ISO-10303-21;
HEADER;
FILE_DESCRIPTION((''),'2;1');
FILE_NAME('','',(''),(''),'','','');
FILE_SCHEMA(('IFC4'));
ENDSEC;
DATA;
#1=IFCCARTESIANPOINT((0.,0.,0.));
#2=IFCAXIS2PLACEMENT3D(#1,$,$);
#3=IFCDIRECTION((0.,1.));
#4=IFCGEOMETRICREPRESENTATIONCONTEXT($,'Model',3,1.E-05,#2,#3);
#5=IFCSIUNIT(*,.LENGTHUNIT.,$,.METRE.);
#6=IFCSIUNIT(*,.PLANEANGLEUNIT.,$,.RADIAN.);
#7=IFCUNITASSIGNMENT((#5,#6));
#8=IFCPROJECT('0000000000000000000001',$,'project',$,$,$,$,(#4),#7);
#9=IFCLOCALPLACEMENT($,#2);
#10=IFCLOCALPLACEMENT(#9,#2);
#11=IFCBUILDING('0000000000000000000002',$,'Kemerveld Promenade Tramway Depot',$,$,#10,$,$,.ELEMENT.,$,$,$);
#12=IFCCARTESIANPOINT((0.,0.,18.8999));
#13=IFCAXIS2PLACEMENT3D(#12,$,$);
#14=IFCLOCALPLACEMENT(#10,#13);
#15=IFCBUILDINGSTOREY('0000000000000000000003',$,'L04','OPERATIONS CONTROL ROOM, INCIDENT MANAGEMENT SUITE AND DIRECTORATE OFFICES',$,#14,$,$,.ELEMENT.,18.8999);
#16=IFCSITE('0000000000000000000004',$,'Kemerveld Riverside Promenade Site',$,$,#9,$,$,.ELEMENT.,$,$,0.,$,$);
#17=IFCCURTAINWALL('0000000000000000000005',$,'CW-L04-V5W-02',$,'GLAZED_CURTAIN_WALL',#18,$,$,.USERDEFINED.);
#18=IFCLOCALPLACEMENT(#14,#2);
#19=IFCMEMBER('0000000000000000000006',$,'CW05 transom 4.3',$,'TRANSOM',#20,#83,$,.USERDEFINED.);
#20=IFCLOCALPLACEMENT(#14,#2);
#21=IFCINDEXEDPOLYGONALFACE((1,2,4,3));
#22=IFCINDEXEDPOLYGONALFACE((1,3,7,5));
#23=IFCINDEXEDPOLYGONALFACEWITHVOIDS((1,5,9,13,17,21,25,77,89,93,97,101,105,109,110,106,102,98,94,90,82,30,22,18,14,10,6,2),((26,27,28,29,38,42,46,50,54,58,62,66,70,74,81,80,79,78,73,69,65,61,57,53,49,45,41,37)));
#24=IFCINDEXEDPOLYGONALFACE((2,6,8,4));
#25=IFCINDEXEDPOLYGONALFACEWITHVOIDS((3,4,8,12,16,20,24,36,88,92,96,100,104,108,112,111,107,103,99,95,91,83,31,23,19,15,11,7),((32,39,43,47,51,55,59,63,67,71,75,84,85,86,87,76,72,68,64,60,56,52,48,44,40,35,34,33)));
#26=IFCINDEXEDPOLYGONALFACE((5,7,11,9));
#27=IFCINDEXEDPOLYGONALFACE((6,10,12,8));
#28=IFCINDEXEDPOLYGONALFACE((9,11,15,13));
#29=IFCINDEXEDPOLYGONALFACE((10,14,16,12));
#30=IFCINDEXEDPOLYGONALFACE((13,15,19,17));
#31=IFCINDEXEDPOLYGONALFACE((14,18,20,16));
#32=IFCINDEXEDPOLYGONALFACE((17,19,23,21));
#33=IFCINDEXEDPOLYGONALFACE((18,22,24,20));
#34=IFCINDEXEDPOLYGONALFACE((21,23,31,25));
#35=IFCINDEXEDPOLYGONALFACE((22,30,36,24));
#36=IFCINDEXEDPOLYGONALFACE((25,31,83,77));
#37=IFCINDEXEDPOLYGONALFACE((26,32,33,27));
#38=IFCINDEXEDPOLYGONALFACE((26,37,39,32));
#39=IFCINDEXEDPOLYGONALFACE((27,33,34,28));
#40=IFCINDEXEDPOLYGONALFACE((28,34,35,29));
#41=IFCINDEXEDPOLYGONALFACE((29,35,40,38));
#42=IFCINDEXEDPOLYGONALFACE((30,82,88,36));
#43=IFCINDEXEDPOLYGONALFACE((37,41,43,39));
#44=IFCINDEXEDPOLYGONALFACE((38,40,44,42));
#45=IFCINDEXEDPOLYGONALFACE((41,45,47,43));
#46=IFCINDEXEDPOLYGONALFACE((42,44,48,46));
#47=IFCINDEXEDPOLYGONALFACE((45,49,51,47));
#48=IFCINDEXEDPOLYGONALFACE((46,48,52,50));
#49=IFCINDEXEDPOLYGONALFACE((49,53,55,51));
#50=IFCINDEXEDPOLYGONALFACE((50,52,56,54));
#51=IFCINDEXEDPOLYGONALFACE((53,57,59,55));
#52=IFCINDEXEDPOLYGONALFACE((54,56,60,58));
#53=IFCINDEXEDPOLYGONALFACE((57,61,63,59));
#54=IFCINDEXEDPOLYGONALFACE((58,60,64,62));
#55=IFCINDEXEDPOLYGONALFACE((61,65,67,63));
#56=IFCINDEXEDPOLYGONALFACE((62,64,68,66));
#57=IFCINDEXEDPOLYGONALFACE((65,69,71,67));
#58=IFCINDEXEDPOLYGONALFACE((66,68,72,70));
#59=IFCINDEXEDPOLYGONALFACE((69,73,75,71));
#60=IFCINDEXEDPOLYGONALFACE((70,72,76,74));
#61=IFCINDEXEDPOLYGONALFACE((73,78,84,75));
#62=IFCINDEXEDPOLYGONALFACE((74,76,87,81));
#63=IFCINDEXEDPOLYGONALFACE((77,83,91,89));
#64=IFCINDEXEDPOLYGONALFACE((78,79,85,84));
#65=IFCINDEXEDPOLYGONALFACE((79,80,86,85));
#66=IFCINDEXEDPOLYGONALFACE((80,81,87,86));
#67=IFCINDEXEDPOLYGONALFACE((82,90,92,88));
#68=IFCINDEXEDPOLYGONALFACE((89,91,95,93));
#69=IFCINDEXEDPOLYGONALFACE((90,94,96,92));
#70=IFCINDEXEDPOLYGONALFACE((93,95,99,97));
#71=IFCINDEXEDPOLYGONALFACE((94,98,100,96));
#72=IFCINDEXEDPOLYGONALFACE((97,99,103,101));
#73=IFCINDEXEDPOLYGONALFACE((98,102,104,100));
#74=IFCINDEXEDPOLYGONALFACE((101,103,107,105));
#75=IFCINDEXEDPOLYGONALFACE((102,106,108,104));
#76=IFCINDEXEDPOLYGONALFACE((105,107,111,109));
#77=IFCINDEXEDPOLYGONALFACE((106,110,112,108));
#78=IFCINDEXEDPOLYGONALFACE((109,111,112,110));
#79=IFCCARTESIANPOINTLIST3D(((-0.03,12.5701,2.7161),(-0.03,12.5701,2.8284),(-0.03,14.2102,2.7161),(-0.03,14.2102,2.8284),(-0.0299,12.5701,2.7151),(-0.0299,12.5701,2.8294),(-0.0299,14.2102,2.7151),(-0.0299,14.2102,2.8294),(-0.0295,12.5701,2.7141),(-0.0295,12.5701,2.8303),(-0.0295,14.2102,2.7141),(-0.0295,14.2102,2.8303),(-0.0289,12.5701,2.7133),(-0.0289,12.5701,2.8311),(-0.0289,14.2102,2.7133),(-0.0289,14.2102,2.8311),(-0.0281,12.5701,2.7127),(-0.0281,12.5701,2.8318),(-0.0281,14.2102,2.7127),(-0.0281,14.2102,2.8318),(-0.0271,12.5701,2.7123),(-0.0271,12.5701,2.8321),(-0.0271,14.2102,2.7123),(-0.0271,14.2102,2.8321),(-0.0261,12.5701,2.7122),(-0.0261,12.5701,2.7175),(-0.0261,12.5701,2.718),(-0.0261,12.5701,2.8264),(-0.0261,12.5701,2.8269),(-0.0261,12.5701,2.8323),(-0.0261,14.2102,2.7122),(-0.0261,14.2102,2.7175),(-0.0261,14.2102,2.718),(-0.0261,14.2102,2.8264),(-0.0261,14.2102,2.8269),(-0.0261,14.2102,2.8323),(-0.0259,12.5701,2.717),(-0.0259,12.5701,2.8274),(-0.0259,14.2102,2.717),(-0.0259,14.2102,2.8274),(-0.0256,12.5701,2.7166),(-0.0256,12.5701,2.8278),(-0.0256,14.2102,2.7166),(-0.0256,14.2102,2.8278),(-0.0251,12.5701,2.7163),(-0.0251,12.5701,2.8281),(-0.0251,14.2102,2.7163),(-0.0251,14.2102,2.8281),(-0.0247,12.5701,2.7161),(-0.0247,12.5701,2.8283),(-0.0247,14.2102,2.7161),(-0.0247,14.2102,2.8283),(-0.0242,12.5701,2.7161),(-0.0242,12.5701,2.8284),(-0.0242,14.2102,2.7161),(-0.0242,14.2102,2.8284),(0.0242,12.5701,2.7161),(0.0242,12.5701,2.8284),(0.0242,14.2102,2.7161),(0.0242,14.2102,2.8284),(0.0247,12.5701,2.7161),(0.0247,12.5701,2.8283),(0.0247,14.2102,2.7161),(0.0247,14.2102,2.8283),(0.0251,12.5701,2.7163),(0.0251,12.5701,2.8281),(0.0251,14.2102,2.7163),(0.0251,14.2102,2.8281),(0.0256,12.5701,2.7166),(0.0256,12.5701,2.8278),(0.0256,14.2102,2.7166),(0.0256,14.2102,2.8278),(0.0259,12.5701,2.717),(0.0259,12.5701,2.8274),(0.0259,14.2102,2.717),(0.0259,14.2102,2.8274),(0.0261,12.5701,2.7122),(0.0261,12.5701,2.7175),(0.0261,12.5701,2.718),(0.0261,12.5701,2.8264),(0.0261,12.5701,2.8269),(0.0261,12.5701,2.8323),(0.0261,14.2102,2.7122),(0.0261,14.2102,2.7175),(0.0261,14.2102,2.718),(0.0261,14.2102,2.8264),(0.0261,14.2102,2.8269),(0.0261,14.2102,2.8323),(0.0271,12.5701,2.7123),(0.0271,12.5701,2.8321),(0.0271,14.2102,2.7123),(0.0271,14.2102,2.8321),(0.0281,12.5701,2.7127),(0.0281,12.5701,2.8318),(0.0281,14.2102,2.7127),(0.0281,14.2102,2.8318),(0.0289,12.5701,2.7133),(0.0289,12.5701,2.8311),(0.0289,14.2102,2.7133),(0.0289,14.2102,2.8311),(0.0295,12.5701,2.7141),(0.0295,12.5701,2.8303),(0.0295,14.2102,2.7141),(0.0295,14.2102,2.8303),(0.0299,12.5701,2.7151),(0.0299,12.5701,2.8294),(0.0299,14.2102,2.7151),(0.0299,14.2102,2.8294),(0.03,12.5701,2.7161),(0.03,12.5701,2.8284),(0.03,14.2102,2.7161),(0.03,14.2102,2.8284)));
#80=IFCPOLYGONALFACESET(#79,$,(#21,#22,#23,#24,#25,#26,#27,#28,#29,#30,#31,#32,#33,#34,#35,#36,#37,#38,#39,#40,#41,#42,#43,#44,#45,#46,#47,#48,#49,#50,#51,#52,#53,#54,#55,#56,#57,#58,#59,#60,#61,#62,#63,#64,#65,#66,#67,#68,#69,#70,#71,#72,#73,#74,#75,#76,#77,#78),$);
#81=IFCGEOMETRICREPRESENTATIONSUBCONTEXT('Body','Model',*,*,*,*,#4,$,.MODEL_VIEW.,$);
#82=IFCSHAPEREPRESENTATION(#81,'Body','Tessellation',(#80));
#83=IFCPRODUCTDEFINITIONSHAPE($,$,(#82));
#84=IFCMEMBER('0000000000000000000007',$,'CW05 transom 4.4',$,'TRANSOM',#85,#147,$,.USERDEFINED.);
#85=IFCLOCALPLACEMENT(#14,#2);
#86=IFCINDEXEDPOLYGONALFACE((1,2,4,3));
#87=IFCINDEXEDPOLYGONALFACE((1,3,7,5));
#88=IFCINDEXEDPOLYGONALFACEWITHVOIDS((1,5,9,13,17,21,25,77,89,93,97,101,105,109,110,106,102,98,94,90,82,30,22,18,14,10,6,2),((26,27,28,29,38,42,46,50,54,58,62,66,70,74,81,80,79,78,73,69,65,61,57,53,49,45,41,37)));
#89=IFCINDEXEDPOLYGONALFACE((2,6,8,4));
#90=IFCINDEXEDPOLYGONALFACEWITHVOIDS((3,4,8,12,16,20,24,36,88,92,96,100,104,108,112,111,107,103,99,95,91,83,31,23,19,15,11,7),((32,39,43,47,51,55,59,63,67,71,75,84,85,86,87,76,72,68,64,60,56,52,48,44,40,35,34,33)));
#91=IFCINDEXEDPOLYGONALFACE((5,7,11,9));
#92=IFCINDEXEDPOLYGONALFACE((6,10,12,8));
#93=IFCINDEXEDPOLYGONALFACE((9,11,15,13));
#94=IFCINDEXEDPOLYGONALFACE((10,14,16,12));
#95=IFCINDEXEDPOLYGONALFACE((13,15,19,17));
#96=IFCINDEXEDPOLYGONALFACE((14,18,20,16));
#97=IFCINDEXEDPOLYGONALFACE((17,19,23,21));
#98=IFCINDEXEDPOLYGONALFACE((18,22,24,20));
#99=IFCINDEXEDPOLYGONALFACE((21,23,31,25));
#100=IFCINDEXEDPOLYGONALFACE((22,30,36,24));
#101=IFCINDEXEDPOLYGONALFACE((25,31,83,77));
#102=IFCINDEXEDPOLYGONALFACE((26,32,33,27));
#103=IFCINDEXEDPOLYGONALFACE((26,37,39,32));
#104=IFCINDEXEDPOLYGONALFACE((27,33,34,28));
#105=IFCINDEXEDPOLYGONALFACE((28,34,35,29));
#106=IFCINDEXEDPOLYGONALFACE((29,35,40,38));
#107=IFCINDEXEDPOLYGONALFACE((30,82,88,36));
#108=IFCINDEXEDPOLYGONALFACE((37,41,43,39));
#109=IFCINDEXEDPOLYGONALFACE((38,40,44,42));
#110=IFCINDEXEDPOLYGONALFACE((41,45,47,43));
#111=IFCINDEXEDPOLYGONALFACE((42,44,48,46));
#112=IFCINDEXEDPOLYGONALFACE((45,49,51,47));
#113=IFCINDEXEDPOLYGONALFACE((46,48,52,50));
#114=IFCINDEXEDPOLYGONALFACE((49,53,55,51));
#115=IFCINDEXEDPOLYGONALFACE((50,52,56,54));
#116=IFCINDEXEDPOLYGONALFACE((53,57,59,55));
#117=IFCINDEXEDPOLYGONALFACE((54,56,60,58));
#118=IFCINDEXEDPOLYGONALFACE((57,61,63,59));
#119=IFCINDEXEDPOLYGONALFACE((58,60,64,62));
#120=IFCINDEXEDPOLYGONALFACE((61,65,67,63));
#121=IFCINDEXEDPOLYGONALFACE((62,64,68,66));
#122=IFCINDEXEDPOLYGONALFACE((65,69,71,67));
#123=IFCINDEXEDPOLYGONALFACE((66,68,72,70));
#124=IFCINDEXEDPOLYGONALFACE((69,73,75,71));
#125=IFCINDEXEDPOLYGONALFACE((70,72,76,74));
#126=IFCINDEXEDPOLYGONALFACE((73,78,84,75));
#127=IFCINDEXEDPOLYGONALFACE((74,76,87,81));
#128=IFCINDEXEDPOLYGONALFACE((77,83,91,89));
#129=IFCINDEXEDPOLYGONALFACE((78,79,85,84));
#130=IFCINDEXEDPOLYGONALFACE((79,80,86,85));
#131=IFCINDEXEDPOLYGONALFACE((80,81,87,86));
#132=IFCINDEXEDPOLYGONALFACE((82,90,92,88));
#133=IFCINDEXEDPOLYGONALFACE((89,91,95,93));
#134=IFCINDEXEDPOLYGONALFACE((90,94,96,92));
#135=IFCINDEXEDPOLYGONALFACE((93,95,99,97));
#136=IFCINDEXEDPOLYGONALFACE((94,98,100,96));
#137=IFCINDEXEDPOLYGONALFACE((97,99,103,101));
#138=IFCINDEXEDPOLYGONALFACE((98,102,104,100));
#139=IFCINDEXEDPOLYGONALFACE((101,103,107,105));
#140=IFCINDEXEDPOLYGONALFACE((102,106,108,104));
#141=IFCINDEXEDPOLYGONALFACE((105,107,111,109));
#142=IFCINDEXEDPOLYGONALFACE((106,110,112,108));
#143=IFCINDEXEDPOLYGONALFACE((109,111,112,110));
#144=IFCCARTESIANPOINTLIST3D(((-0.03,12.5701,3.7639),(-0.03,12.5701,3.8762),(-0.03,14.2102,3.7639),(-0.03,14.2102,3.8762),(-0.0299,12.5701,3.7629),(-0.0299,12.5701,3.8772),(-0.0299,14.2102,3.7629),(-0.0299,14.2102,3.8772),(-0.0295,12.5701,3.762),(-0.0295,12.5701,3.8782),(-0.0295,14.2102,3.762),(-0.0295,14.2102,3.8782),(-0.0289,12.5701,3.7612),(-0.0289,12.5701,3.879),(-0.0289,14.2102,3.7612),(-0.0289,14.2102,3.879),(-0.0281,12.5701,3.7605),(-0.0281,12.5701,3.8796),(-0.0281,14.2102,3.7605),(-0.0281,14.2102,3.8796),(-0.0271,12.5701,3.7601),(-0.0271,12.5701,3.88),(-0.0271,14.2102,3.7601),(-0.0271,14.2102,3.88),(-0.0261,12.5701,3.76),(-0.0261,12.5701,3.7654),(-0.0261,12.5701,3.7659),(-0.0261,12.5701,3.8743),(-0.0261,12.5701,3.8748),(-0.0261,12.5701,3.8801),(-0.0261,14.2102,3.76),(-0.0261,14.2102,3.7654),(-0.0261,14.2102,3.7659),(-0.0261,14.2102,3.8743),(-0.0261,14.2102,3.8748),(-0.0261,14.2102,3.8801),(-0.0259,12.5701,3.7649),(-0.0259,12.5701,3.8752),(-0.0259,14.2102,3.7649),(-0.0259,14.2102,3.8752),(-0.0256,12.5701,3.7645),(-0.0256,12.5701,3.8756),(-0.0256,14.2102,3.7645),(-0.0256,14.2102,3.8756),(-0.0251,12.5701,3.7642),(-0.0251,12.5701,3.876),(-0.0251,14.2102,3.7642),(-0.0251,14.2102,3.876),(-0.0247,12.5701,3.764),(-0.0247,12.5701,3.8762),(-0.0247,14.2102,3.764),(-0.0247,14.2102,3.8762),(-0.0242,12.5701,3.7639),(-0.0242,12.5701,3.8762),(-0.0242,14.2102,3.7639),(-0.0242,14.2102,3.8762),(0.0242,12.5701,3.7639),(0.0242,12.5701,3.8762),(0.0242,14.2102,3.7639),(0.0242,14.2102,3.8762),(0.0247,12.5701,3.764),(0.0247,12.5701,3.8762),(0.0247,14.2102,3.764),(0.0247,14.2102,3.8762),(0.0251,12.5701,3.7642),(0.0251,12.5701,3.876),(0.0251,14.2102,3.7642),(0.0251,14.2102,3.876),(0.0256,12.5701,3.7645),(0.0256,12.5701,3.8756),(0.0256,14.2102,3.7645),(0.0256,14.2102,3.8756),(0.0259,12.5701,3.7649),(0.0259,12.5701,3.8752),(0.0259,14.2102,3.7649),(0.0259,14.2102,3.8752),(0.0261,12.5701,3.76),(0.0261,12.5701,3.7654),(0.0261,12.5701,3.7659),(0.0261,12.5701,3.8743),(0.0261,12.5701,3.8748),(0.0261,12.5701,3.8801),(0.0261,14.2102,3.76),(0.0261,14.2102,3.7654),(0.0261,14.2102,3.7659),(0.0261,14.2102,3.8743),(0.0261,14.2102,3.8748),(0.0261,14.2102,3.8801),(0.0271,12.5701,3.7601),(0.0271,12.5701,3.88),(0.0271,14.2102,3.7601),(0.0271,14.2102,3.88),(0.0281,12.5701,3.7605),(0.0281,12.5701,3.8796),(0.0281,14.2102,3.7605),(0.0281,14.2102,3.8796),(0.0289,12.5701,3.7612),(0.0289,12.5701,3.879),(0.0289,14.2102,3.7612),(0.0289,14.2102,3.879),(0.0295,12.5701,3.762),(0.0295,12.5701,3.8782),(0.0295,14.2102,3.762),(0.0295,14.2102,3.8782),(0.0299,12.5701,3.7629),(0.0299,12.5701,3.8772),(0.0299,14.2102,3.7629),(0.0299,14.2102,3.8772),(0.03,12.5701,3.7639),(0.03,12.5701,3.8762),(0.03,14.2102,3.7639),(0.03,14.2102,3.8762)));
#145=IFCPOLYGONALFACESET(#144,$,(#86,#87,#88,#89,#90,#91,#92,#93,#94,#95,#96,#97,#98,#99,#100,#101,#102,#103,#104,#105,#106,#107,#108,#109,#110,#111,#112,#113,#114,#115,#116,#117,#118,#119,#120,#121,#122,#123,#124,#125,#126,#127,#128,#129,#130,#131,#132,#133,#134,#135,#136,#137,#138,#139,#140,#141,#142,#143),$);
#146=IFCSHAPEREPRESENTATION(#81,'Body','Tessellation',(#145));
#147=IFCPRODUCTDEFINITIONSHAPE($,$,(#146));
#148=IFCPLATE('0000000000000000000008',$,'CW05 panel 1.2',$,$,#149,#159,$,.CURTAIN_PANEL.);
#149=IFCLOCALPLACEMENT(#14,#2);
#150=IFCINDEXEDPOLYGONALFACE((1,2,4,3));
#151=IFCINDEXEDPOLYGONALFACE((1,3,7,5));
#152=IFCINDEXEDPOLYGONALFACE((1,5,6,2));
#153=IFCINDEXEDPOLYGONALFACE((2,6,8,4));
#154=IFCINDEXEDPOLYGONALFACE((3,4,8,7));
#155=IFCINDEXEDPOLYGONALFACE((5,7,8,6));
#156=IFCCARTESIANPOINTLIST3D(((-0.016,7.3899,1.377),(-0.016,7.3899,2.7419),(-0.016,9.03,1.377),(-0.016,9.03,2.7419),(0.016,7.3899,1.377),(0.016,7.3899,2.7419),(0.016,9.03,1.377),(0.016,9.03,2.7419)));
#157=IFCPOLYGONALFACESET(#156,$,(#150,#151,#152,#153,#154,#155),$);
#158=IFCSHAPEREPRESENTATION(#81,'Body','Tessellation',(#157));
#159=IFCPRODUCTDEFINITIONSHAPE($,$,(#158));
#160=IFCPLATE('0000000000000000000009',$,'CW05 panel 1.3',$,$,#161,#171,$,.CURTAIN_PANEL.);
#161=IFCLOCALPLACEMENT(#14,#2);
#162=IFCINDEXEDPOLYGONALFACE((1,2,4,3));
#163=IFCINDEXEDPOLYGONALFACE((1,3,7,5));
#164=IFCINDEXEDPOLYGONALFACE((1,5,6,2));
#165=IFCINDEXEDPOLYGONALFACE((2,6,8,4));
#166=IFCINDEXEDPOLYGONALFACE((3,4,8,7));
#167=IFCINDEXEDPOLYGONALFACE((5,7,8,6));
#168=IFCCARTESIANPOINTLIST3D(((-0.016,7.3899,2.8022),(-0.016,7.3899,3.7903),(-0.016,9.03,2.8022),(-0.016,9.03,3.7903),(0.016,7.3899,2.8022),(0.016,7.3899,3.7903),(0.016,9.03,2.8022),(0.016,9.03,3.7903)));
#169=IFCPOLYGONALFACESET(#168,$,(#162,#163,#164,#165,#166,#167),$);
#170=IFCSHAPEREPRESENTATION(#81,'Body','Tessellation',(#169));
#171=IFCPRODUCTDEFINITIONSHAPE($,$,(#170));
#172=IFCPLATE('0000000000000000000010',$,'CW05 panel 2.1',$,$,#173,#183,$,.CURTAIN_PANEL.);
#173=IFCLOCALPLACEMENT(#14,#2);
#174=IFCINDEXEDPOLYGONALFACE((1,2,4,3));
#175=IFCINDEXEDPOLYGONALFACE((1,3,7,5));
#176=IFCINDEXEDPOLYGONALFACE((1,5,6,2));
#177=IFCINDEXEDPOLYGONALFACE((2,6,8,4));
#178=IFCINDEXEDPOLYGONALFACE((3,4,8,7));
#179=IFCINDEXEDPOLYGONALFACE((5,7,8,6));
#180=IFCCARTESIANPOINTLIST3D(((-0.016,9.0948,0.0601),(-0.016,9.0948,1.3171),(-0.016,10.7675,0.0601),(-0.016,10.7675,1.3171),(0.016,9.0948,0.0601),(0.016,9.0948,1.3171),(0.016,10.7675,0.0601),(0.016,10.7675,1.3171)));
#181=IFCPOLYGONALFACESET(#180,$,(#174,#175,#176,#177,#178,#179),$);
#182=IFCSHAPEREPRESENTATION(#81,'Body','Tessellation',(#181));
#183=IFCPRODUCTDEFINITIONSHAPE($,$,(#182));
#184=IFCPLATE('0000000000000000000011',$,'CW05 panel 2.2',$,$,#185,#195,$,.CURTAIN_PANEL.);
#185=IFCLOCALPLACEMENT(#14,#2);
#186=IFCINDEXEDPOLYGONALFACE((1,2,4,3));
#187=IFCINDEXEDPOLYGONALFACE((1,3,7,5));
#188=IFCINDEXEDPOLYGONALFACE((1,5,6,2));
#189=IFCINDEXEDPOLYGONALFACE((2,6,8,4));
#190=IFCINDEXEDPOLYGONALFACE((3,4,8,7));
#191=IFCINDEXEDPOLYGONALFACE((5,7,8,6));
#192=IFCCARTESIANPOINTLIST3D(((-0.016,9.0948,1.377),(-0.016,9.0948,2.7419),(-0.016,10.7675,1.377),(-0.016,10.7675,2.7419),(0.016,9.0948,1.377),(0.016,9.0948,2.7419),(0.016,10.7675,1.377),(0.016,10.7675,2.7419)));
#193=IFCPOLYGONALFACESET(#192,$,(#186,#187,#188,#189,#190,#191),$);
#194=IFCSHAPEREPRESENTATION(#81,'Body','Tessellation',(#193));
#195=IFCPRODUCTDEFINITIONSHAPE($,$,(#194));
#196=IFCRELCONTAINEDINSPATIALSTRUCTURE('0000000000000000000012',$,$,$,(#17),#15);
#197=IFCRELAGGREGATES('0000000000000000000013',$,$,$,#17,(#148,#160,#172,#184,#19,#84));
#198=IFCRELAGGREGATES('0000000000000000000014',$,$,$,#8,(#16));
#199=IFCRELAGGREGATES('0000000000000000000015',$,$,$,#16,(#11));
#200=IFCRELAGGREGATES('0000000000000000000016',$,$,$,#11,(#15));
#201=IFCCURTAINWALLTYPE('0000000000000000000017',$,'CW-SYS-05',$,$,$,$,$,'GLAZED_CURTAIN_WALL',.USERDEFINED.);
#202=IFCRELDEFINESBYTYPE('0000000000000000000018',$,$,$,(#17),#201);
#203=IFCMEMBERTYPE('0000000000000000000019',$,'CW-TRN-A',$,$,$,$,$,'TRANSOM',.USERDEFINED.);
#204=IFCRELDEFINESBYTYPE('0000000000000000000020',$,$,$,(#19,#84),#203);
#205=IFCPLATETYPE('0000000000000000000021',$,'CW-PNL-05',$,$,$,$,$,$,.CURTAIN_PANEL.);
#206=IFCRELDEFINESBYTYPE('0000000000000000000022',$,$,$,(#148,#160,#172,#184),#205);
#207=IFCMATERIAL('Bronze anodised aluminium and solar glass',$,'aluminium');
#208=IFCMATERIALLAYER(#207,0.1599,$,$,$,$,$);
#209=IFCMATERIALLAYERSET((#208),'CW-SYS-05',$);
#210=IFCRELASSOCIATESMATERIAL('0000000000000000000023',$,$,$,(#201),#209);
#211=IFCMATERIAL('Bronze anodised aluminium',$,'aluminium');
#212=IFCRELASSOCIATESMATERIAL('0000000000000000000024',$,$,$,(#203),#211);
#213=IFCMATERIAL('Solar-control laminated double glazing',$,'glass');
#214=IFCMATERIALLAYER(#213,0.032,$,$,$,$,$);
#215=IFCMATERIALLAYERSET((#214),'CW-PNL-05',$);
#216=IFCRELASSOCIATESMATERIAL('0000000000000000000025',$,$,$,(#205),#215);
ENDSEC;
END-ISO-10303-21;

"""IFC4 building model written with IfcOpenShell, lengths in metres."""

from ifc_helpers import new_model, si_unit, direction, frame, origin, origin_2d, place, context, subcontext, project, spatial, rectangle, hollow_rectangle, extrude, material, layer, layer_set, material_profile, profile_set, type_object, element, aggregate, save


model = new_model("IFC4")

# Units and contexts
model_context = context("Model", 3, precision=1e-05, world=origin(), true_north=direction((0.0, 1.0)))
body_context = subcontext(model_context, "Body", "Model", "MODEL_VIEW")
ifc_project = project(units=[si_unit("LENGTHUNIT", "METRE"), si_unit("PLANEANGLEUNIT", "RADIAN")], contexts=[model_context])

# Site, building, storey
site_placement = place(None, origin())
site = spatial("IfcSite", under=ifc_project, at=site_placement, Name="Kemerveld Riverside Promenade Site", CompositionType="ELEMENT", RefElevation=0.0)
building_placement = place(site_placement, origin())
building = spatial("IfcBuilding", under=site, at=building_placement, Name="Kemerveld Promenade Tramway Depot", CompositionType="ELEMENT")
storey_placement = place(building_placement, frame((0.0, 0.0, 18.8999)))
storey = spatial("IfcBuildingStorey", under=building, at=storey_placement, Name="L04", Description="OPERATIONS CONTROL ROOM, INCIDENT MANAGEMENT SUITE AND DIRECTORATE OFFICES", CompositionType="ELEMENT", Elevation=18.8999)

# Curtain wall, members, plates
ifc_material_1 = material(Name="Bronze anodised aluminium and solar glass", Category="aluminium")
ifc_layer_1 = layer(ifc_material_1, 0.1599)
ifc_layer_set_1 = layer_set([ifc_layer_1], Name="CW-SYS-05")
curtain_wall_type = type_object("IfcCurtainWallType", Name="CW-SYS-05", ElementType="GLAZED_CURTAIN_WALL", PredefinedType="USERDEFINED", material=ifc_layer_set_1)
curtain_wall_placement = place(storey_placement, origin())
curtain_wall = element("IfcCurtainWall", 1, at=curtain_wall_placement, inside=storey, type_object=curtain_wall_type, Name="CW-L04-V5W-02", ObjectType="GLAZED_CURTAIN_WALL", PredefinedType="USERDEFINED")
ifc_material_2 = material(Name="Bronze anodised aluminium", Category="aluminium")
ifc_material_profile_1 = material_profile(ifc_material_2, hollow_rectangle(XDim=0.0601, YDim=0.1201, WallThickness=0.0039, InnerFilletRadius=0.002, OuterFilletRadius=0.0039, at=origin_2d()), Name="CW-TRN-120x60")
ifc_profile_set_1 = profile_set([ifc_material_profile_1], Name="Bronze anodised aluminium")
member_type_1 = type_object("IfcMemberType", Name="CW-TRN-A", ElementType="TRANSOM", PredefinedType="USERDEFINED", material=ifc_profile_set_1)
member_1_placement = place(storey_placement, frame((0.0, 12.5701, 2.7722), z_axis=(0.0, 1.0, 0.0), x_axis=(-1.0, 0.0, 0.0)))
member_1 = element("IfcMember", 2, at=member_1_placement, type_object=member_type_1, Name="CW05 transom 4.3", ObjectType="TRANSOM", PredefinedType="USERDEFINED", context=body_context, shape_type="SweptSolid", body=[
    extrude(hollow_rectangle(XDim=0.0601, YDim=0.1201, WallThickness=0.0039, InnerFilletRadius=0.002, OuterFilletRadius=0.0039, at=origin_2d()), origin(), (0.0, 0.0, 1.0), 1.6401),
])
member_2_placement = place(storey_placement, frame((0.0, 12.5701, 3.8201), z_axis=(0.0, 1.0, 0.0), x_axis=(-1.0, 0.0, 0.0)))
member_2 = element("IfcMember", 3, at=member_2_placement, type_object=member_type_1, Name="CW05 transom 4.4", ObjectType="TRANSOM", PredefinedType="USERDEFINED", context=body_context, shape_type="SweptSolid", body=[
    extrude(hollow_rectangle(XDim=0.0601, YDim=0.1201, WallThickness=0.0039, InnerFilletRadius=0.002, OuterFilletRadius=0.0039, at=origin_2d()), origin(), (0.0, 0.0, 1.0), 1.6401),
])
ifc_material_3 = material(Name="Solar-control laminated double glazing", Category="glass")
ifc_layer_2 = layer(ifc_material_3, 0.032)
ifc_layer_set_2 = layer_set([ifc_layer_2], Name="CW-PNL-05")
plate_type = type_object("IfcPlateType", Name="CW-PNL-05", PredefinedType="CURTAIN_PANEL", material=ifc_layer_set_2)
plate_1_placement = place(storey_placement, frame((0.0, 8.21, 1.377), z_axis=(0.0, 0.0, 1.0), x_axis=(0.0, 1.0, 0.0)))
plate_1 = element("IfcPlate", 4, at=plate_1_placement, type_object=plate_type, Name="CW05 panel 1.2", PredefinedType="CURTAIN_PANEL", context=body_context, shape_type="SweptSolid", body=[
    extrude(rectangle(XDim=1.6401, YDim=0.032, at=origin_2d()), origin(), (0.0, 0.0, 1.0), 1.365),
])
plate_2_placement = place(storey_placement, frame((0.0, 8.21, 2.8022), z_axis=(0.0, 0.0, 1.0), x_axis=(0.0, 1.0, 0.0)))
plate_2 = element("IfcPlate", 5, at=plate_2_placement, type_object=plate_type, Name="CW05 panel 1.3", PredefinedType="CURTAIN_PANEL", context=body_context, shape_type="SweptSolid", body=[
    extrude(rectangle(XDim=1.6401, YDim=0.032, at=origin_2d()), origin(), (0.0, 0.0, 1.0), 0.988),
])
plate_3_placement = place(storey_placement, frame((0.0, 9.9312, 0.0601), z_axis=(0.0, 0.0, 1.0), x_axis=(0.0, 1.0, 0.0)))
plate_3 = element("IfcPlate", 6, at=plate_3_placement, type_object=plate_type, Name="CW05 panel 2.1", PredefinedType="CURTAIN_PANEL", context=body_context, shape_type="SweptSolid", body=[
    extrude(rectangle(XDim=1.6726, YDim=0.032, at=origin_2d()), origin(), (0.0, 0.0, 1.0), 1.2571),
])
plate_4_placement = place(storey_placement, frame((0.0, 9.9312, 1.377), z_axis=(0.0, 0.0, 1.0), x_axis=(0.0, 1.0, 0.0)))
plate_4 = element("IfcPlate", 7, at=plate_4_placement, type_object=plate_type, Name="CW05 panel 2.2", PredefinedType="CURTAIN_PANEL", context=body_context, shape_type="SweptSolid", body=[
    extrude(rectangle(XDim=1.6726, YDim=0.032, at=origin_2d()), origin(), (0.0, 0.0, 1.0), 1.365),
])
aggregate(curtain_wall, [plate_1, plate_2, plate_3, plate_4, member_1, member_2])

save(model, "model.ifc")
